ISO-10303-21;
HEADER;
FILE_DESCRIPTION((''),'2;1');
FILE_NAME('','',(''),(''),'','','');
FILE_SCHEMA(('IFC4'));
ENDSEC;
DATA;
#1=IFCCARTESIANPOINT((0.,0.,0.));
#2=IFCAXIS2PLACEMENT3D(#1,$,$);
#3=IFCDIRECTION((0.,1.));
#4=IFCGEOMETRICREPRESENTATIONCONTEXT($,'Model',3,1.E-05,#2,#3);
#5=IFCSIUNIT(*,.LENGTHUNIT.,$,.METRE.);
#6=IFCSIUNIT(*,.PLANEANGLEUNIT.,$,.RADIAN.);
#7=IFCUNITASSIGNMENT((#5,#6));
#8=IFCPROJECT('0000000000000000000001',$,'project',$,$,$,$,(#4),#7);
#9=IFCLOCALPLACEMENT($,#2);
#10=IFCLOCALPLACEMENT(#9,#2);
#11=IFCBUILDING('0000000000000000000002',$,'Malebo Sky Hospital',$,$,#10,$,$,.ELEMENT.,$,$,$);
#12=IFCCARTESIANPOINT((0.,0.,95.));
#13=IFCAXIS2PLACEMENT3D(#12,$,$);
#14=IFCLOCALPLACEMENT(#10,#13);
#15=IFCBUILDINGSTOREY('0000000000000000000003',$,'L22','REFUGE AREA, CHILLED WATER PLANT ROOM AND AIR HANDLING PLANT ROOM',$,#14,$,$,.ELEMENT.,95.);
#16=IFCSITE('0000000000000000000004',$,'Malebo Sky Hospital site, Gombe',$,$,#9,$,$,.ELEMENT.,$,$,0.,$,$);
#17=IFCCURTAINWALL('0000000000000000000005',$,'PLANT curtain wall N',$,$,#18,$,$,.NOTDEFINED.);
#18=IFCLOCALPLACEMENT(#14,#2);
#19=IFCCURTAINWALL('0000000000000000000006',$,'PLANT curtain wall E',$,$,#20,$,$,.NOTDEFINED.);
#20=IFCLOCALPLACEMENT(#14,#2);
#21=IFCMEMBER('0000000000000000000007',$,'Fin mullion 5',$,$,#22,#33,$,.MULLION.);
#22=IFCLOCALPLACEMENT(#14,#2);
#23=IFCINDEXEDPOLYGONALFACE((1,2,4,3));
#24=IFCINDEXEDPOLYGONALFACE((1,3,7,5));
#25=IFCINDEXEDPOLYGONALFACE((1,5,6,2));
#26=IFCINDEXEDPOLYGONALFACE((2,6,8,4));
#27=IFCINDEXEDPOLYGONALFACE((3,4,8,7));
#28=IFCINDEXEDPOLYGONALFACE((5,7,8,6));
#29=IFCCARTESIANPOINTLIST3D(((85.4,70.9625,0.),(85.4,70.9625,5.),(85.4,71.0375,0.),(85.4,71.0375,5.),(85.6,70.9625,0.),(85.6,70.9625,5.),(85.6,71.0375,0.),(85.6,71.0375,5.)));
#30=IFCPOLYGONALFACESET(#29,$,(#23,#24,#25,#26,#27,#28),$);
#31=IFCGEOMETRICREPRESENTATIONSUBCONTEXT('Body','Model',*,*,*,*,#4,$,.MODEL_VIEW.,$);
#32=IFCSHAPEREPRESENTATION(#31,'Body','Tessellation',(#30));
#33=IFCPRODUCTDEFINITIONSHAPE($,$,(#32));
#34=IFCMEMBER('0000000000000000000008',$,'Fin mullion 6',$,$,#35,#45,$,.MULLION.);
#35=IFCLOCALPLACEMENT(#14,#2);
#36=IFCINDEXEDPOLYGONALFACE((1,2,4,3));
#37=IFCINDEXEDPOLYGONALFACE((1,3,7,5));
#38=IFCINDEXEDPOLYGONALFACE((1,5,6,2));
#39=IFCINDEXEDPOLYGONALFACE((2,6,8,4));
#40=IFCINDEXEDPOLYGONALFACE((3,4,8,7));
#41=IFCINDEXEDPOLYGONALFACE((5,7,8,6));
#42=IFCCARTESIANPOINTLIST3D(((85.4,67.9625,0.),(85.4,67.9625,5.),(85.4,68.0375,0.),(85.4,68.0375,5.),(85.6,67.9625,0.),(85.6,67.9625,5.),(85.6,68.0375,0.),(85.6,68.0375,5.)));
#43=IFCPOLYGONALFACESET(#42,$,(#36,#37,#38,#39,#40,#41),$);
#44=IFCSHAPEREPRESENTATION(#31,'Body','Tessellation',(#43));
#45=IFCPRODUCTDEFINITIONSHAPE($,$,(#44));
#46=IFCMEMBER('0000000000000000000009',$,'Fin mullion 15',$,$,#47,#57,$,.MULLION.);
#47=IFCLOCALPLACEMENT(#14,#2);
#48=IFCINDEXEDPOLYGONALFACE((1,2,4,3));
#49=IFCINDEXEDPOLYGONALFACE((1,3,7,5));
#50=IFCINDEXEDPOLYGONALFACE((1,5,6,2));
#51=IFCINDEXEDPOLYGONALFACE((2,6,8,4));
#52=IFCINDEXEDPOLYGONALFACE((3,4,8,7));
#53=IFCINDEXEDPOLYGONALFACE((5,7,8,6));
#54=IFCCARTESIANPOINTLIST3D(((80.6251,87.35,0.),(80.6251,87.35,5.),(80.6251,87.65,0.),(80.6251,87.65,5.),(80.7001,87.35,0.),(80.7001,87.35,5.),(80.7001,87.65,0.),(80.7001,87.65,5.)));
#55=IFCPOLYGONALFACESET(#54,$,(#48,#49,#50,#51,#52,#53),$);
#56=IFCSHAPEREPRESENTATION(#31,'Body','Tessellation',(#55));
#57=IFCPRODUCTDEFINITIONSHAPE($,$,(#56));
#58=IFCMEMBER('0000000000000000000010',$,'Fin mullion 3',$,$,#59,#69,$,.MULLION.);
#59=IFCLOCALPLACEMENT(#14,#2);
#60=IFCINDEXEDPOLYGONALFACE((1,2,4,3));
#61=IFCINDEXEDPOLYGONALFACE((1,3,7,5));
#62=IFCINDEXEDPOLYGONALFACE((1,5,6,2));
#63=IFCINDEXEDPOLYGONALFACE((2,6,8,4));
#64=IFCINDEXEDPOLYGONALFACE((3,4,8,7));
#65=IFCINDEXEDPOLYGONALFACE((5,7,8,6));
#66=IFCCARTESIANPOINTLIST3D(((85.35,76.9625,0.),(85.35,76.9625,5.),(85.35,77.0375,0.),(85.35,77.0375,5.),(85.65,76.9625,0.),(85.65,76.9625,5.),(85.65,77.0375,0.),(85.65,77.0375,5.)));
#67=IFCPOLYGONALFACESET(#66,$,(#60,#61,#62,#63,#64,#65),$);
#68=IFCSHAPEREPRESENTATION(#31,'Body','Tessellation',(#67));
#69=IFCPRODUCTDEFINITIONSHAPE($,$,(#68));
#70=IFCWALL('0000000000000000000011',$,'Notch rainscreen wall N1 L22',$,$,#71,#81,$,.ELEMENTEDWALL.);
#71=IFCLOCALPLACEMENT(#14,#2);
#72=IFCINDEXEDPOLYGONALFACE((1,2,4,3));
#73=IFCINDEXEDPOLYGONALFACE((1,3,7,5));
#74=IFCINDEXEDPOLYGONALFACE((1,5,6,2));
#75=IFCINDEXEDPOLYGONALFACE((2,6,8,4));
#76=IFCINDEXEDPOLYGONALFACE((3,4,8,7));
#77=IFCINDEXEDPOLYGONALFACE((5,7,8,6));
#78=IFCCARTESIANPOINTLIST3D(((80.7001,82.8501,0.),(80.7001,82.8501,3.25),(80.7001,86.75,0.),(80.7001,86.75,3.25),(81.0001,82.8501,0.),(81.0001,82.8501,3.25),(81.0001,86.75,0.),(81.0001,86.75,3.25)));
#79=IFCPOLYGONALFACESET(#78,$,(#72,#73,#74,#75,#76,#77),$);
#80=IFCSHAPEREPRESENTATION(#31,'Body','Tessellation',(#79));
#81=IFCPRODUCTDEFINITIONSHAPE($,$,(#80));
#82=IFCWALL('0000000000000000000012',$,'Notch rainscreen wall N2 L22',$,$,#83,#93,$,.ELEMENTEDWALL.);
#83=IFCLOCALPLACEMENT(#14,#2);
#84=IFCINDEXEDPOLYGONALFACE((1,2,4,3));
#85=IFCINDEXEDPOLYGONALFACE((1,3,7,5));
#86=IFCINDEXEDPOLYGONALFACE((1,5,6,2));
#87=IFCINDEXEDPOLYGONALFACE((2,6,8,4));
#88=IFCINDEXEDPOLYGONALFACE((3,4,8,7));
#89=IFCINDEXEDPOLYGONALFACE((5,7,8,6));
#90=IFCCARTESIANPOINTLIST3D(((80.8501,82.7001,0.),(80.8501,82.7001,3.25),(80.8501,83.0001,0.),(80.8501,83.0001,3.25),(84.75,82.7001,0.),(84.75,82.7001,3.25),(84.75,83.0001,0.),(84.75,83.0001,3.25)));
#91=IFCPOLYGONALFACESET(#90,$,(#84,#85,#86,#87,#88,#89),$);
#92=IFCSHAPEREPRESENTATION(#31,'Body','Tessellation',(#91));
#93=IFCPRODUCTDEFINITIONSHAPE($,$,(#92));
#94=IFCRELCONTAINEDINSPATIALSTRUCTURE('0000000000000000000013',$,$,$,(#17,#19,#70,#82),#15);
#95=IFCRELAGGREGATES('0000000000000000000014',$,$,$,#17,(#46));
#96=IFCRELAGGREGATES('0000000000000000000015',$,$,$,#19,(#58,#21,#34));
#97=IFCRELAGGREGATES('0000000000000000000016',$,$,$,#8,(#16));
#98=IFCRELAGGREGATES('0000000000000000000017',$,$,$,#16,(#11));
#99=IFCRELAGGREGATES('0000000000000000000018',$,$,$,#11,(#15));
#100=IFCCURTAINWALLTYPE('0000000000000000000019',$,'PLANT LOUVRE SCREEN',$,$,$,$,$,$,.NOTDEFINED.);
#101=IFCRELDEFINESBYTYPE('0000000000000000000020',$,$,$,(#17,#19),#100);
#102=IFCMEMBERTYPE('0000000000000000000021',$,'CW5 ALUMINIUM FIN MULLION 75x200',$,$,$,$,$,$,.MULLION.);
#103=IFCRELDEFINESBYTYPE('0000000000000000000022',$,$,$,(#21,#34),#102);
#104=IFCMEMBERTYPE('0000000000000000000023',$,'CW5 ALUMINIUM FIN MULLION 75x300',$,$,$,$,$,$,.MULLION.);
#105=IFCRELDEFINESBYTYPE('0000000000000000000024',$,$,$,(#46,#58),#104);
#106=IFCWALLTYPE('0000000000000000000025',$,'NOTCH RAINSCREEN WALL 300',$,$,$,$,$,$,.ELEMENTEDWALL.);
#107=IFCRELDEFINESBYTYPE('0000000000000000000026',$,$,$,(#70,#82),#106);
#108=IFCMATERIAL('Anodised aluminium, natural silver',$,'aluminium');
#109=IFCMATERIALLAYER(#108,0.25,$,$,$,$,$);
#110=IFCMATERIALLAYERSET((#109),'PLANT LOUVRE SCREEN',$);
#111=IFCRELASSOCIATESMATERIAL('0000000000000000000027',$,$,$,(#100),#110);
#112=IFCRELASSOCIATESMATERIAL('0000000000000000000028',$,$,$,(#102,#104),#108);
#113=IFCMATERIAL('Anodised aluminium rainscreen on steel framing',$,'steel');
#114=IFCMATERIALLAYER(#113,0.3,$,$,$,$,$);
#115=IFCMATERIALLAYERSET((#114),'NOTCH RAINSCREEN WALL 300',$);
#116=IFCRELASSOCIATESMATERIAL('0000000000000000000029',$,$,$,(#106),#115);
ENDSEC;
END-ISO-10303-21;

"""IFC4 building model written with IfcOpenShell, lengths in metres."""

from ifc_helpers import new_model, si_unit, direction, frame, frame_2d, origin, origin_2d, place, context, subcontext, project, spatial, rectangle, extrude, material, layer, layer_set, material_profile, profile_set, type_object, element, aggregate, save


model = new_model("IFC4")

# Units and contexts
model_context = context("Model", 3, precision=1e-05, world=origin(), true_north=direction((0.0, 1.0)))
body_context = subcontext(model_context, "Body", "Model", "MODEL_VIEW")
ifc_project = project(units=[si_unit("LENGTHUNIT", "METRE"), si_unit("PLANEANGLEUNIT", "RADIAN")], contexts=[model_context])

# Site, building, storey
site_placement = place(None, origin())
site = spatial("IfcSite", under=ifc_project, at=site_placement, Name="Malebo Sky Hospital site, Gombe", CompositionType="ELEMENT", RefElevation=0.0)
building_placement = place(site_placement, origin())
building = spatial("IfcBuilding", under=site, at=building_placement, Name="Malebo Sky Hospital", CompositionType="ELEMENT")
storey_placement = place(building_placement, frame((0.0, 0.0, 95.0)))
storey = spatial("IfcBuildingStorey", under=building, at=storey_placement, Name="L22", Description="REFUGE AREA, CHILLED WATER PLANT ROOM AND AIR HANDLING PLANT ROOM", CompositionType="ELEMENT", Elevation=95.0)

# Curtain walls, members
ifc_material_1 = material(Name="Anodised aluminium, natural silver", Category="aluminium")
ifc_layer_1 = layer(ifc_material_1, 0.25)
ifc_layer_set_1 = layer_set([ifc_layer_1], Name="PLANT LOUVRE SCREEN")
curtain_wall_type = type_object("IfcCurtainWallType", Name="PLANT LOUVRE SCREEN", PredefinedType="NOTDEFINED", material=ifc_layer_set_1)
curtain_wall_1_placement = place(storey_placement, origin())
curtain_wall_1 = element("IfcCurtainWall", 1, at=curtain_wall_1_placement, inside=storey, type_object=curtain_wall_type, Name="PLANT curtain wall N", PredefinedType="NOTDEFINED")
ifc_material_profile_1 = material_profile(ifc_material_1, rectangle(XDim=0.075, YDim=0.2, at=origin_2d()), Name="CW5 ALUMINIUM FIN MULLION 75x200")
ifc_profile_set_1 = profile_set([ifc_material_profile_1], Name="Anodised aluminium, natural silver")
member_type_1 = type_object("IfcMemberType", Name="CW5 ALUMINIUM FIN MULLION 75x200", PredefinedType="MULLION", material=ifc_profile_set_1)
curtain_wall_2_placement = place(storey_placement, origin())
curtain_wall_2 = element("IfcCurtainWall", 2, at=curtain_wall_2_placement, inside=storey, type_object=curtain_wall_type, Name="PLANT curtain wall E", PredefinedType="NOTDEFINED")
member_1_placement = place(storey_placement, frame((85.5, 71.0, 0.0), z_axis=(0.0, 0.0, 1.0), x_axis=(0.0, -1.0, 0.0)))
member_1 = element("IfcMember", 3, at=member_1_placement, type_object=member_type_1, Name="Fin mullion 5", PredefinedType="MULLION", context=body_context, shape_type="SweptSolid", body=[
    extrude(rectangle(XDim=0.075, YDim=0.2, at=origin_2d()), origin(), (0.0, 0.0, 1.0), 5.0),
])
member_2_placement = place(storey_placement, frame((85.5, 68.0, 0.0), z_axis=(0.0, 0.0, 1.0), x_axis=(0.0, -1.0, 0.0)))
member_2 = element("IfcMember", 4, at=member_2_placement, type_object=member_type_1, Name="Fin mullion 6", PredefinedType="MULLION", context=body_context, shape_type="SweptSolid", body=[
    extrude(rectangle(XDim=0.075, YDim=0.2, at=origin_2d()), origin(), (0.0, 0.0, 1.0), 5.0),
])

# Members
ifc_material_profile_2 = material_profile(ifc_material_1, rectangle(XDim=0.075, YDim=0.3, at=origin_2d()), Name="CW5 ALUMINIUM FIN MULLION 75x300")
ifc_profile_set_2 = profile_set([ifc_material_profile_2], Name="Anodised aluminium, natural silver")
member_type_2 = type_object("IfcMemberType", Name="CW5 ALUMINIUM FIN MULLION 75x300", PredefinedType="MULLION", material=ifc_profile_set_2)
member_3_placement = place(storey_placement, frame((80.6626, 87.5, 0.0), z_axis=(0.0, 0.0, 1.0), x_axis=(1.0, 0.0, 0.0)))
member_3 = element("IfcMember", 5, at=member_3_placement, type_object=member_type_2, Name="Fin mullion 15", PredefinedType="MULLION", context=body_context, shape_type="SweptSolid", body=[
    extrude(rectangle(XDim=0.075, YDim=0.3, at=origin_2d()), origin(), (0.0, 0.0, 1.0), 5.0),
])
aggregate(curtain_wall_1, [member_3])
member_4_placement = place(storey_placement, frame((85.5, 77.0, 0.0), z_axis=(0.0, 0.0, 1.0), x_axis=(0.0, -1.0, 0.0)))
member_4 = element("IfcMember", 6, at=member_4_placement, type_object=member_type_2, Name="Fin mullion 3", PredefinedType="MULLION", context=body_context, shape_type="SweptSolid", body=[
    extrude(rectangle(XDim=0.075, YDim=0.3, at=origin_2d()), origin(), (0.0, 0.0, 1.0), 5.0),
])
aggregate(curtain_wall_2, [member_4, member_1, member_2])

# Walls
ifc_material_2 = material(Name="Anodised aluminium rainscreen on steel framing", Category="steel")
ifc_layer_2 = layer(ifc_material_2, 0.3)
ifc_layer_set_2 = layer_set([ifc_layer_2], Name="NOTCH RAINSCREEN WALL 300")
wall_type = type_object("IfcWallType", Name="NOTCH RAINSCREEN WALL 300", PredefinedType="ELEMENTEDWALL", material=ifc_layer_set_2)
for number, where, z_axis, x_axis, name in (
    (7, (80.8501, 86.75, 0.0), (0.0, 0.0, 1.0), (0.0, -1.0, 0.0), "Notch rainscreen wall N1 L22"),
    (8, (80.8501, 82.8501, 0.0), (0.0, 0.0, 1.0), (1.0, 0.0, 0.0), "Notch rainscreen wall N2 L22"),
):
    element("IfcWall", number, at=place(storey_placement, frame(where, z_axis=z_axis, x_axis=x_axis)), inside=storey, type_object=wall_type, Name=name, PredefinedType="ELEMENTEDWALL", context=body_context, shape_type="SweptSolid", body=[
        extrude(rectangle(XDim=3.8999, YDim=0.3, at=frame_2d((1.95, 0.0))), origin(), (0.0, 0.0, 1.0), 3.25),
    ])

save(model, "model.ifc")
